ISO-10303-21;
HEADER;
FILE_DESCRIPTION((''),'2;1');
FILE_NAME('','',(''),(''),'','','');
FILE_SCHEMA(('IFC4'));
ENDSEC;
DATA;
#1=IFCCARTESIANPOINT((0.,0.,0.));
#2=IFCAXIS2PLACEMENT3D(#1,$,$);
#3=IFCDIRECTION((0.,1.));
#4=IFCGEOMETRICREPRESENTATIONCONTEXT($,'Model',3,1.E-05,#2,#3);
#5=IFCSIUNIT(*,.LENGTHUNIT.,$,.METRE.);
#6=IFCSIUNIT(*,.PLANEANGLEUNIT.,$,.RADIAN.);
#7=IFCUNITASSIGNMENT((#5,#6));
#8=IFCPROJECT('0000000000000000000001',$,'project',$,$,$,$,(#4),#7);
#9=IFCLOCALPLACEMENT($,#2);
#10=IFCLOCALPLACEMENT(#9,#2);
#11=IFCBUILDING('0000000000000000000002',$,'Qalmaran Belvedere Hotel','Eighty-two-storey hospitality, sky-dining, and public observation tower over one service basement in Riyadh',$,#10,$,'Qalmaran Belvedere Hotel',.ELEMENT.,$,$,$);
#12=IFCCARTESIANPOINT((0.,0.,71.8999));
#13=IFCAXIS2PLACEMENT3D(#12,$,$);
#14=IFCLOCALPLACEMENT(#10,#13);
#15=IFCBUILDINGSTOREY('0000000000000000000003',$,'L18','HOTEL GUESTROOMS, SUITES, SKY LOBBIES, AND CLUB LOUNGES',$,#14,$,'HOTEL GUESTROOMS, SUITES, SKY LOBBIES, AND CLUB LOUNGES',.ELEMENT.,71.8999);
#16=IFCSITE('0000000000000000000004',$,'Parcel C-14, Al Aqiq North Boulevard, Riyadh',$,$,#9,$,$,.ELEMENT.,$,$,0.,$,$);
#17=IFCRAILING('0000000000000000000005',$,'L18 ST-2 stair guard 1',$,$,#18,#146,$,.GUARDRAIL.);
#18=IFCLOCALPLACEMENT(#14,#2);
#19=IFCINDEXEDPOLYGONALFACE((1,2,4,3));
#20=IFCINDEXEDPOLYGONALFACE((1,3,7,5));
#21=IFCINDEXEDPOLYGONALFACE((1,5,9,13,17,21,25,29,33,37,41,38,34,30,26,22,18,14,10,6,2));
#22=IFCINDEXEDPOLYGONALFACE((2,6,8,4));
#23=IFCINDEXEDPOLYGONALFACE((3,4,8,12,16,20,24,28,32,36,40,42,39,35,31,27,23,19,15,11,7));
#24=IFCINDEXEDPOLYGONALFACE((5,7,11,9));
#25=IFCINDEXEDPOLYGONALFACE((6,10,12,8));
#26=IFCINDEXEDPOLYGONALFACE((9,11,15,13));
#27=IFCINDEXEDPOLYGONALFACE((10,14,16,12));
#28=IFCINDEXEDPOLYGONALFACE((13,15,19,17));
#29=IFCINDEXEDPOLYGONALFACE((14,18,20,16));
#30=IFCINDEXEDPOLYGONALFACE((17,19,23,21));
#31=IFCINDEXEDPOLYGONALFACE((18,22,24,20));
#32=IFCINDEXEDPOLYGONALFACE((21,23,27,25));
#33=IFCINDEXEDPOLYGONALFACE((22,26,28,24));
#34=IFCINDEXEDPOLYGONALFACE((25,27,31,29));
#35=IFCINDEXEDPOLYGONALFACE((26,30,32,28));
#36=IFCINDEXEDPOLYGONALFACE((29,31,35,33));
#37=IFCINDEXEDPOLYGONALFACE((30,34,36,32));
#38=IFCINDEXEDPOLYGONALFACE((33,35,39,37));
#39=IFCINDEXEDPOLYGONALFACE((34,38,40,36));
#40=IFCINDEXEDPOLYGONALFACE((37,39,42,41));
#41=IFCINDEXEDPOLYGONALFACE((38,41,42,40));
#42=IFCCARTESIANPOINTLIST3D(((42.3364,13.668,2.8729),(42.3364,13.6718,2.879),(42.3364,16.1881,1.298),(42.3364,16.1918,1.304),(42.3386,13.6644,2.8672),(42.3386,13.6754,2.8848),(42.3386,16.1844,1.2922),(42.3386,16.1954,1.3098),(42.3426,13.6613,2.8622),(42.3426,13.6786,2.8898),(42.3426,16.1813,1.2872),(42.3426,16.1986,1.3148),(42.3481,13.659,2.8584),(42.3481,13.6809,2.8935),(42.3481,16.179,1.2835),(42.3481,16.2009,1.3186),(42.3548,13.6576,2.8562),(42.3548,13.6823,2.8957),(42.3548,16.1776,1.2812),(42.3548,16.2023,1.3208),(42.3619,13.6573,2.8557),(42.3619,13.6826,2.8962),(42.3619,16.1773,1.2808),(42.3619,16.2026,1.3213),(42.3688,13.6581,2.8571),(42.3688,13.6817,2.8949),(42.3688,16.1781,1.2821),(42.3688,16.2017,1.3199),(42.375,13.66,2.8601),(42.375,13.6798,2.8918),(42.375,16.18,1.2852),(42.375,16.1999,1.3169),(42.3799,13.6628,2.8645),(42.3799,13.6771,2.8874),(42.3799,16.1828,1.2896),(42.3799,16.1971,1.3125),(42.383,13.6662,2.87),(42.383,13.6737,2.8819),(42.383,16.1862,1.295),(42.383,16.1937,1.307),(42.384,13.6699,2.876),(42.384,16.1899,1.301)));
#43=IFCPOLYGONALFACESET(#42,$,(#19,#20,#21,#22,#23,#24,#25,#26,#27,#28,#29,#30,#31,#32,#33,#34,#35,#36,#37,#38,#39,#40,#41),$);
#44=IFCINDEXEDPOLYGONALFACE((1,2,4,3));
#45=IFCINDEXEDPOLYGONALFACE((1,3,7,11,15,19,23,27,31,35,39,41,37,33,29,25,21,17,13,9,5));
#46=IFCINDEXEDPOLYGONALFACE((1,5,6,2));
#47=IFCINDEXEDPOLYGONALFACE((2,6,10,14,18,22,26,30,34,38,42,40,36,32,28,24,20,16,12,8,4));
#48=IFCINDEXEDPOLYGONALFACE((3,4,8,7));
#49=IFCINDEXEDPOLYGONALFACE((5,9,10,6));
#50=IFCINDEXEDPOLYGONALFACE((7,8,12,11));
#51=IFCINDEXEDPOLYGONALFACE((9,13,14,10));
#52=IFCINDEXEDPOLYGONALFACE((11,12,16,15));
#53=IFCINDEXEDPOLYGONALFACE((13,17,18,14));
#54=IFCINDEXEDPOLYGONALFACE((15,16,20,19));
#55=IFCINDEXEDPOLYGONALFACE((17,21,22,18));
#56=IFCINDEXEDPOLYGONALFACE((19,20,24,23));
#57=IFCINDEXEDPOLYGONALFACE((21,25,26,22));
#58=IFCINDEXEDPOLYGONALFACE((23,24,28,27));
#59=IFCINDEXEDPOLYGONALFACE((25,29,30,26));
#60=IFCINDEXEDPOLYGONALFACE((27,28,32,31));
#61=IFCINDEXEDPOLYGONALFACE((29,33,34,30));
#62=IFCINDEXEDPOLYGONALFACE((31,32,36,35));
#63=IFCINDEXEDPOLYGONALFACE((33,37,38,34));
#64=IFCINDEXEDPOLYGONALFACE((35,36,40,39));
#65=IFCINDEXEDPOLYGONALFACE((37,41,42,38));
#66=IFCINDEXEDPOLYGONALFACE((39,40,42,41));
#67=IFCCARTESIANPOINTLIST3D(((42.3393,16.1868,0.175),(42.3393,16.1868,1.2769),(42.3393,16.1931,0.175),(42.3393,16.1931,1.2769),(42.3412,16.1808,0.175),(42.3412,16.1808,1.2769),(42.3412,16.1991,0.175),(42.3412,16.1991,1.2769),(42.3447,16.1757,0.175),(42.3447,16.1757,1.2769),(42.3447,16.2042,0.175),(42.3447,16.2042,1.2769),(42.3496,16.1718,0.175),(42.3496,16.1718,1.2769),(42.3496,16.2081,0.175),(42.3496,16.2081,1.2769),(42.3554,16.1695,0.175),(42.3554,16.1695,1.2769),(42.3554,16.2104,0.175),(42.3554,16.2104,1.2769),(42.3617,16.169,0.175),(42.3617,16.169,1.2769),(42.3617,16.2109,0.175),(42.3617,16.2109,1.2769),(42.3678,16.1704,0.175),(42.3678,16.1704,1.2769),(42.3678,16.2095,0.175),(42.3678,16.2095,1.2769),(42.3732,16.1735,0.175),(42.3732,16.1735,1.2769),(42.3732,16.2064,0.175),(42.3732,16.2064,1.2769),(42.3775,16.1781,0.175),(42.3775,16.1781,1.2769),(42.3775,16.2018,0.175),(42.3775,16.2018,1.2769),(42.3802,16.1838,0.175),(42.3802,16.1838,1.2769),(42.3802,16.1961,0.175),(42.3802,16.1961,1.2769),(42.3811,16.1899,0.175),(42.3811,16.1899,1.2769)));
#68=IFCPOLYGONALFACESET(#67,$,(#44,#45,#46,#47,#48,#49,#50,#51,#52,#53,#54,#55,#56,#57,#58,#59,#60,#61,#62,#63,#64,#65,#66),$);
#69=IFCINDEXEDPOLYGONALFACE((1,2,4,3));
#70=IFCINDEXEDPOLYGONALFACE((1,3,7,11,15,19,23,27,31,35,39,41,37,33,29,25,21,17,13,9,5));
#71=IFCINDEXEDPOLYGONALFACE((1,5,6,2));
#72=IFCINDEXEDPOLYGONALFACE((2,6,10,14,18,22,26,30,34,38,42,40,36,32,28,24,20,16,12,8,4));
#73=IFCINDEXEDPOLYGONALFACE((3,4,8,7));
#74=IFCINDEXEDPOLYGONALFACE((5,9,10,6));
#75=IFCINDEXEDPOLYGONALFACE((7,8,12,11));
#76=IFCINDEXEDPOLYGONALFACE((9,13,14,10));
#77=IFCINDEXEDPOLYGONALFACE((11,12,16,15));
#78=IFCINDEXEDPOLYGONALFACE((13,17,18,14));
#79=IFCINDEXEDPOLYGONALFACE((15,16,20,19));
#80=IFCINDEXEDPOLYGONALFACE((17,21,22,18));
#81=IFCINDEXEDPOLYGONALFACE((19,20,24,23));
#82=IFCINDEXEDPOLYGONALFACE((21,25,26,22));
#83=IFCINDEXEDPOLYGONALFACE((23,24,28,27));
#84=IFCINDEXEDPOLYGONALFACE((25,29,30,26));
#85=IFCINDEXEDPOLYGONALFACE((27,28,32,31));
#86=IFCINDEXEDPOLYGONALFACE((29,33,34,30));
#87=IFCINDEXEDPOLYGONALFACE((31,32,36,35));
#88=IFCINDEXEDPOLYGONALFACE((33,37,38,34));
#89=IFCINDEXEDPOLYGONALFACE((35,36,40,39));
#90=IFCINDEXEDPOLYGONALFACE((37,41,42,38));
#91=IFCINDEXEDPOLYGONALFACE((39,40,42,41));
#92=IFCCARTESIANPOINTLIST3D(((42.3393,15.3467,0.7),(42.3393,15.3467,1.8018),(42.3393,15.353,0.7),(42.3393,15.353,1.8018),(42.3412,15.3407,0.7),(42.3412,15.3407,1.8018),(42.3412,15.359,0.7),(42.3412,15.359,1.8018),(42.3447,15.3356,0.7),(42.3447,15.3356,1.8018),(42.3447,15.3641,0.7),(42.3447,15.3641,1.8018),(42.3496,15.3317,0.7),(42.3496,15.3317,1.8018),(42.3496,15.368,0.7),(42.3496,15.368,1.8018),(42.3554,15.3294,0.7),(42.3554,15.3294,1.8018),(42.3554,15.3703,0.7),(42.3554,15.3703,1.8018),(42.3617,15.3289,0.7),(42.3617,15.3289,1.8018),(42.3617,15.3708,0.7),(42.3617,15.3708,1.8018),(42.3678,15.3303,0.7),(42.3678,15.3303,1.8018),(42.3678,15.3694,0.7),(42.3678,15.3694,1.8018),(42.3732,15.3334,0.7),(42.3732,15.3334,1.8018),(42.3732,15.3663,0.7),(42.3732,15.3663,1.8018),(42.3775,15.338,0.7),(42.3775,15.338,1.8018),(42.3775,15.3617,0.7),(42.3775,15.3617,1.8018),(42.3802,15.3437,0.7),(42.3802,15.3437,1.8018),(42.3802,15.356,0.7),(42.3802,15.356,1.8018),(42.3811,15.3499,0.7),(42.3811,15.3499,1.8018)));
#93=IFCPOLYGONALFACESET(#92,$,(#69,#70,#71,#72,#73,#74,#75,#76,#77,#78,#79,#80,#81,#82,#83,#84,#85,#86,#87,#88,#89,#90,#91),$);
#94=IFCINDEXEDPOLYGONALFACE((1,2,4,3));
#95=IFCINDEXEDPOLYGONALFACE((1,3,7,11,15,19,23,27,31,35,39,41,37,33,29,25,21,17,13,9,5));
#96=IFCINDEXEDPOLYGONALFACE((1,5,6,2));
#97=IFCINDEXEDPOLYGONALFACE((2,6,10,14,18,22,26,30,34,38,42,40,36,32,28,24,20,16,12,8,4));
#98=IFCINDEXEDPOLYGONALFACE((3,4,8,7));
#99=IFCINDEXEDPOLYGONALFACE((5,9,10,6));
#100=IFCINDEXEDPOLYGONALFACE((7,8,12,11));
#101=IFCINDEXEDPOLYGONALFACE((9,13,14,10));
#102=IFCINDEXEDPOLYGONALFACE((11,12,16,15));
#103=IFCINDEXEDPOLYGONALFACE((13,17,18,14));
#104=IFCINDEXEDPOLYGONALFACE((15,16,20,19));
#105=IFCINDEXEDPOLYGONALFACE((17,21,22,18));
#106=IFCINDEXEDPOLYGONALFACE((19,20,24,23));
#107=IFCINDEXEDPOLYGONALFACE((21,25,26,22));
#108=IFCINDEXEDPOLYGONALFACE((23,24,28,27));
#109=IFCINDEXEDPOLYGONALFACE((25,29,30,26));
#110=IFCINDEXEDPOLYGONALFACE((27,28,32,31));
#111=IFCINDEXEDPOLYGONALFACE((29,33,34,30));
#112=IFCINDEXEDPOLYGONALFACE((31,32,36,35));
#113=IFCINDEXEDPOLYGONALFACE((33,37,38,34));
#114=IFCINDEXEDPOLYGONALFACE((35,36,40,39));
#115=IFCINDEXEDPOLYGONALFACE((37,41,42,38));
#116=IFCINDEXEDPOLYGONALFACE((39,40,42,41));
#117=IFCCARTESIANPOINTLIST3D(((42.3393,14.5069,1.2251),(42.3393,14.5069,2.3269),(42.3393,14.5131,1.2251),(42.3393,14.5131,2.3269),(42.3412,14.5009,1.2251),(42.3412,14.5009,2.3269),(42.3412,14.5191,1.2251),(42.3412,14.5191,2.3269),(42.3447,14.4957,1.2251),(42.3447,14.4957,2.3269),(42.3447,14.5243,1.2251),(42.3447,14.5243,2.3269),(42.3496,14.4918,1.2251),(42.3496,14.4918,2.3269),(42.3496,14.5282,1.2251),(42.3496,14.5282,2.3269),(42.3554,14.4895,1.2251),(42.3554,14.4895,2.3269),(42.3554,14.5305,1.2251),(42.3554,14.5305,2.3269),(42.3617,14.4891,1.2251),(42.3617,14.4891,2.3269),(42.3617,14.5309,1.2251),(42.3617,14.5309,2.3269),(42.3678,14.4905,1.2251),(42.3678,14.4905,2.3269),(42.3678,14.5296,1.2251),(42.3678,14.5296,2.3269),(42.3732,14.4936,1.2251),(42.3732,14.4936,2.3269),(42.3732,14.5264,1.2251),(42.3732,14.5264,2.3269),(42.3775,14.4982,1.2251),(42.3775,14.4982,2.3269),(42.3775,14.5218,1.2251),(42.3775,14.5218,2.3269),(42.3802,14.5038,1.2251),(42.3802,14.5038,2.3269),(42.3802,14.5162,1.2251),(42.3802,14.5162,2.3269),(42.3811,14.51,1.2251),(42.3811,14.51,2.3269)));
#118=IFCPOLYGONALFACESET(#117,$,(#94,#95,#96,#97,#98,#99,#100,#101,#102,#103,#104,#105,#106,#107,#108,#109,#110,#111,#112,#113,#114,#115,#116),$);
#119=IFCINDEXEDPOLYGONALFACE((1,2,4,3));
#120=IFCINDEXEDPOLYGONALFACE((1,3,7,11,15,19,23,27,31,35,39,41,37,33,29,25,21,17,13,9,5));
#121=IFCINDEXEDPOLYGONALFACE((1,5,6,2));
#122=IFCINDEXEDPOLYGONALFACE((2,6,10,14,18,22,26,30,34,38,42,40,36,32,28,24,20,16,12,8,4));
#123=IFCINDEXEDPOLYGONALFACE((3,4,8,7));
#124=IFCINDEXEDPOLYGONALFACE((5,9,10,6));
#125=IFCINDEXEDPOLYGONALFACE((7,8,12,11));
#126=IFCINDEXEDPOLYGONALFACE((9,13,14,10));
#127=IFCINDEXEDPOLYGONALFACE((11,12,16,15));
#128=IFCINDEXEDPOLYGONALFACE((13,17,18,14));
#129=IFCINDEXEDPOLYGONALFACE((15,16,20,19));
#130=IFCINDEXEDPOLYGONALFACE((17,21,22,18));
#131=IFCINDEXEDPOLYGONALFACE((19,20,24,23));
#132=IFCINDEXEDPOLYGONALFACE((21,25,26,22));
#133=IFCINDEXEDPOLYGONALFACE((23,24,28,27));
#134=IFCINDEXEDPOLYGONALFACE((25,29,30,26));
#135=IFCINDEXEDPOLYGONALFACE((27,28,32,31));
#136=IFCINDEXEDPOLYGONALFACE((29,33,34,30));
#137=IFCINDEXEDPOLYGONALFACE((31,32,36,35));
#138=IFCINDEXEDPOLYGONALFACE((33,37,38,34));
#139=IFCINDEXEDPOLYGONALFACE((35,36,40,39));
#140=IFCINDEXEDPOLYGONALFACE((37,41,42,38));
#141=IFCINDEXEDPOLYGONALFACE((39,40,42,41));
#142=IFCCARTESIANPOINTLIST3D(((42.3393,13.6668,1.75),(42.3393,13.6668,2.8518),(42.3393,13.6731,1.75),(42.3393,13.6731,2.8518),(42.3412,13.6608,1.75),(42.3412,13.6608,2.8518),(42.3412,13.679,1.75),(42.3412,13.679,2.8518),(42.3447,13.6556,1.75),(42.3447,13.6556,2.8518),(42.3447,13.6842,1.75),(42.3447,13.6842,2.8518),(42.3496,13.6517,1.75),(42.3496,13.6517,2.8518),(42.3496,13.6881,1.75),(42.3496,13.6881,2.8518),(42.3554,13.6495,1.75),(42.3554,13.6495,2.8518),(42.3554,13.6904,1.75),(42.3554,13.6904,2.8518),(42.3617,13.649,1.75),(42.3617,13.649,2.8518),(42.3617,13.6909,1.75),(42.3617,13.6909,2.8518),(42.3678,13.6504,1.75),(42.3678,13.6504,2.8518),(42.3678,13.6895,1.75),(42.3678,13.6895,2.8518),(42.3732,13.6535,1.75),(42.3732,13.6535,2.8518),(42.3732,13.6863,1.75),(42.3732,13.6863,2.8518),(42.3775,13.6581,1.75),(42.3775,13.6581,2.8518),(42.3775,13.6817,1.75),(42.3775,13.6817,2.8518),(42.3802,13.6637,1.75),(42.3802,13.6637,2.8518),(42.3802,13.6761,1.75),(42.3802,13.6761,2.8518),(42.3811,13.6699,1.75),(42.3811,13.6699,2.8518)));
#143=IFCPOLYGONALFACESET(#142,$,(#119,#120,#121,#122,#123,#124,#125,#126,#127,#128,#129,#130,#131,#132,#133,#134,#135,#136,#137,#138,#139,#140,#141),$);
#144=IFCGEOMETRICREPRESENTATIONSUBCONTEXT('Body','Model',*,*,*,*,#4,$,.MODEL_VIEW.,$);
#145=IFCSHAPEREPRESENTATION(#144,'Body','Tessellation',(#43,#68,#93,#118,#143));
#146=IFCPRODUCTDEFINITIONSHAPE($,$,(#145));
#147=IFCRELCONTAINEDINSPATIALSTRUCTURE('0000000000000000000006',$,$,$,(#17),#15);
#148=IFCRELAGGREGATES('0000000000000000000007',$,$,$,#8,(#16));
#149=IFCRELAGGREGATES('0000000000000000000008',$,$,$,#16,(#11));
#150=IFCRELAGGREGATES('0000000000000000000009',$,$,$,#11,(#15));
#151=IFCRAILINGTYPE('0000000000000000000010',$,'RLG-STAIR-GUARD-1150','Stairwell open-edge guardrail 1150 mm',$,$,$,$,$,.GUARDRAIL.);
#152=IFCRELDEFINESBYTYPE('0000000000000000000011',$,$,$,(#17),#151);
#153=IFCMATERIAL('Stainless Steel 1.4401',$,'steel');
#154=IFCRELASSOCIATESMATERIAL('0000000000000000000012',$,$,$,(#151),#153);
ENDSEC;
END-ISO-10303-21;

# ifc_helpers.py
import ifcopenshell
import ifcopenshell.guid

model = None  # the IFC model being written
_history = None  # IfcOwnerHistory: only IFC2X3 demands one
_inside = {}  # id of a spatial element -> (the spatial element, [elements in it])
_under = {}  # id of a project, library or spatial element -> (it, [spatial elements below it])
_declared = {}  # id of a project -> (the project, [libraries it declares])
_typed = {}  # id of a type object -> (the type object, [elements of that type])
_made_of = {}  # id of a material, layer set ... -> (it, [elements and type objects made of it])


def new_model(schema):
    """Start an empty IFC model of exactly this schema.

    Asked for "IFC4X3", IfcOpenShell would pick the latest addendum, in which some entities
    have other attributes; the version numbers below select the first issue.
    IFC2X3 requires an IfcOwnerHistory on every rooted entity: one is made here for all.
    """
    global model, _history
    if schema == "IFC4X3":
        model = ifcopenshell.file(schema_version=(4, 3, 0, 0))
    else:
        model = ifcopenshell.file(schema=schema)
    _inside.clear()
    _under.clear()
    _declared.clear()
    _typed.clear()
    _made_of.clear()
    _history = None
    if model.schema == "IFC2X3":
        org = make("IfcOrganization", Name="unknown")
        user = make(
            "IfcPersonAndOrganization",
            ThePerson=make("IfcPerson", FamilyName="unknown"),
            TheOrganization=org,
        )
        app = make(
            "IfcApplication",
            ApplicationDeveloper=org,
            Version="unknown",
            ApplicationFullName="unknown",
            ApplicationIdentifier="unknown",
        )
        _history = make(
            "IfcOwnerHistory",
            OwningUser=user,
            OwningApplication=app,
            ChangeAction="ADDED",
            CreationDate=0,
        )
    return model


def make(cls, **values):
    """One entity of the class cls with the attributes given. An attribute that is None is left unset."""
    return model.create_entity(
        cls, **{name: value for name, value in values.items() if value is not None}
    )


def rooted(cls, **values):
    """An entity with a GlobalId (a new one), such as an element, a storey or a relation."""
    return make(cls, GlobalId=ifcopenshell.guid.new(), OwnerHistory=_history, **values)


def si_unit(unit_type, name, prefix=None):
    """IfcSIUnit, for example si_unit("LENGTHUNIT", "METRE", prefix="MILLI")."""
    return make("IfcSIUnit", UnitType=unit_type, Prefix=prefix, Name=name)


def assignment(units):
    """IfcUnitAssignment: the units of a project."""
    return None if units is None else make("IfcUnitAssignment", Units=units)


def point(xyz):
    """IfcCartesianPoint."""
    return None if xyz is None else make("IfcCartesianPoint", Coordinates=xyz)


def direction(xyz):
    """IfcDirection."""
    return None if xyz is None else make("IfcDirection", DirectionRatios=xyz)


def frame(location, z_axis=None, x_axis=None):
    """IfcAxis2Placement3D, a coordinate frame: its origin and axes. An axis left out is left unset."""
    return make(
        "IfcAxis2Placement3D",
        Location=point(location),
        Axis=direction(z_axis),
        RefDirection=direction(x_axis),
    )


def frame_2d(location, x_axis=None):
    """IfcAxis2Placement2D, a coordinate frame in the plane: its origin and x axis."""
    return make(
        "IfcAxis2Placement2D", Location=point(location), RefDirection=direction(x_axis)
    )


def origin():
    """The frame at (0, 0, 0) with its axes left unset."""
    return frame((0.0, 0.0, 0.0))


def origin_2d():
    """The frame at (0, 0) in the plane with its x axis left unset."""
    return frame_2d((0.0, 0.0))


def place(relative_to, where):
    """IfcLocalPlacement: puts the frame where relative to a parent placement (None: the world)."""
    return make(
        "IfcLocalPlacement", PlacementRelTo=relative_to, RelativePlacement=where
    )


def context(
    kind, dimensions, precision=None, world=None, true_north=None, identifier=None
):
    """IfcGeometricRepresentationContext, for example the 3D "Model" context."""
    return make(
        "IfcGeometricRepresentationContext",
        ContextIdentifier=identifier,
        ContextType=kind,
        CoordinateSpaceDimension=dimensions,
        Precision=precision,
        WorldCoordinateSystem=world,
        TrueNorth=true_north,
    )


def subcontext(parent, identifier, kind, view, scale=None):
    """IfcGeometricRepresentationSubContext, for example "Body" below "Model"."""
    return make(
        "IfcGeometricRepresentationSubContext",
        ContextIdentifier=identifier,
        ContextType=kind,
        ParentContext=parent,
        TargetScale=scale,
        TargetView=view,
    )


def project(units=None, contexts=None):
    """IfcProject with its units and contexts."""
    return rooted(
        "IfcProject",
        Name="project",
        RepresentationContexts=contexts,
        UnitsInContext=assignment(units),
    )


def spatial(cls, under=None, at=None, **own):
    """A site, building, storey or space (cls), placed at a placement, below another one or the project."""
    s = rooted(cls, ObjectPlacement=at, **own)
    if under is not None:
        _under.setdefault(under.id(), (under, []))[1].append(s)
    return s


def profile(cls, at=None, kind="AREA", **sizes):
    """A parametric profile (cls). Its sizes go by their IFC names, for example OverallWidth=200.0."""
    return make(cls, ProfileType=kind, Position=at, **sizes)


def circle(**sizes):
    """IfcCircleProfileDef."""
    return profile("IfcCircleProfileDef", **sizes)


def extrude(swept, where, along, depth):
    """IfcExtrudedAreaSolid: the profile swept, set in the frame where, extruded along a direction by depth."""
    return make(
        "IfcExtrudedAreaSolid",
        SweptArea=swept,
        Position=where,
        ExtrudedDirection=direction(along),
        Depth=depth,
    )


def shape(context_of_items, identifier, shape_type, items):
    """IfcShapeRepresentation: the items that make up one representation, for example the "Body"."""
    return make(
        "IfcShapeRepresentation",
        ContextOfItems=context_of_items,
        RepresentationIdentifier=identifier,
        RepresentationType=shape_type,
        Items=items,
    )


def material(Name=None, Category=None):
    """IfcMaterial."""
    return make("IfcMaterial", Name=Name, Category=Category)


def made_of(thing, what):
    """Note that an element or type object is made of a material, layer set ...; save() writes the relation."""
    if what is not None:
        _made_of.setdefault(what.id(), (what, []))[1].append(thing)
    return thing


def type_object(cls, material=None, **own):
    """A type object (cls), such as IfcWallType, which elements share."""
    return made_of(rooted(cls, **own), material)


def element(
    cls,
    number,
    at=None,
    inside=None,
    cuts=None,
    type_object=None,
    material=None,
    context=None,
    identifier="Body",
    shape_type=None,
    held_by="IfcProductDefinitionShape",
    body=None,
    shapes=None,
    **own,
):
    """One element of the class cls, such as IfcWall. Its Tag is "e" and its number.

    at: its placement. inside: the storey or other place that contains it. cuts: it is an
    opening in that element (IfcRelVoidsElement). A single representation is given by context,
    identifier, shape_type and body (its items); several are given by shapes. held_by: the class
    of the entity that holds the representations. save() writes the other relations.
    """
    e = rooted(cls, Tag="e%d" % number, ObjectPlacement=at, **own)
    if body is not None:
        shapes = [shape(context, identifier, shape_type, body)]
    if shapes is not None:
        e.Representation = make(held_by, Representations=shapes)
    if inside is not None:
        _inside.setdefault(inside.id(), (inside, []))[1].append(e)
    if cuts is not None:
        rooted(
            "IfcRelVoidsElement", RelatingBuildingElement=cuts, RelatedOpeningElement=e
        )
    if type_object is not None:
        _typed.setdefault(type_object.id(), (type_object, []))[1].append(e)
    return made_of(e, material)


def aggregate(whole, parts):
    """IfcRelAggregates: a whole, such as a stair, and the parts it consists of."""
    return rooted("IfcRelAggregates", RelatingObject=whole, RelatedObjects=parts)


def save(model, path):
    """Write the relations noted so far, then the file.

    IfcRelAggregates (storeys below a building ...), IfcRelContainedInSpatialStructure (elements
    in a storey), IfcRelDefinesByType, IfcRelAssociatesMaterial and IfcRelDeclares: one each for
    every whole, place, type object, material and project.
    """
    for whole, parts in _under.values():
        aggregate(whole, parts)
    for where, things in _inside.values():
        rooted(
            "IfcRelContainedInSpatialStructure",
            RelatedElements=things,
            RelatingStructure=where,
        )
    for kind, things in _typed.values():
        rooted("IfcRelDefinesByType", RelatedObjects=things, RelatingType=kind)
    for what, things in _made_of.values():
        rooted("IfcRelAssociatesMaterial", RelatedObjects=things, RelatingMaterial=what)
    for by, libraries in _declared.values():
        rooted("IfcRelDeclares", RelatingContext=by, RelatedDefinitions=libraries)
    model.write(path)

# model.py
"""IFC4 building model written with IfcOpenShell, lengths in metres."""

from ifc_helpers import new_model, si_unit, direction, frame, origin, origin_2d, place, context, subcontext, project, spatial, circle, extrude, material, type_object, element, save


model = new_model("IFC4")

# Units and contexts
model_context = context("Model", 3, precision=1e-05, world=origin(), true_north=direction((0.0, 1.0)))
body_context = subcontext(model_context, "Body", "Model", "MODEL_VIEW")
ifc_project = project(units=[si_unit("LENGTHUNIT", "METRE"), si_unit("PLANEANGLEUNIT", "RADIAN")], contexts=[model_context])

# Site, building, storey
site_placement = place(None, origin())
site = spatial("IfcSite", under=ifc_project, at=site_placement, Name="Parcel C-14, Al Aqiq North Boulevard, Riyadh", CompositionType="ELEMENT", RefElevation=0.0)
building_placement = place(site_placement, origin())
building = spatial("IfcBuilding", under=site, at=building_placement, Name="Qalmaran Belvedere Hotel", Description="Eighty-two-storey hospitality, sky-dining, and public observation tower over one service basement in Riyadh", LongName="Qalmaran Belvedere Hotel", CompositionType="ELEMENT")
storey_placement = place(building_placement, frame((0.0, 0.0, 71.8999)))
storey = spatial("IfcBuildingStorey", under=building, at=storey_placement, Name="L18", Description="HOTEL GUESTROOMS, SUITES, SKY LOBBIES, AND CLUB LOUNGES", LongName="HOTEL GUESTROOMS, SUITES, SKY LOBBIES, AND CLUB LOUNGES", CompositionType="ELEMENT", Elevation=71.8999)

# Shared definitions
ifc_material_1 = material(Name="Stainless Steel 1.4401", Category="steel")

# Railing
railing_type_1 = type_object("IfcRailingType", Name="RLG-STAIR-GUARD-1150", Description="Stairwell open-edge guardrail 1150 mm", PredefinedType="GUARDRAIL", material=ifc_material_1)
railing_1_placement = place(storey_placement, frame((42.3601, 16.1899, 0.175)))
element("IfcRailing", 1, at=railing_1_placement, inside=storey, type_object=railing_type_1, Name="L18 ST-2 stair guard 1", PredefinedType="GUARDRAIL", context=body_context, shape_type="SweptSolid", body=[
    extrude(circle(Radius=0.0239, at=origin_2d()), frame((0.0, 0.0, 1.126), z_axis=(0.0, -0.848008, 0.529984), x_axis=(1.0, 0.0, 0.0)), (0.0, 0.0, 1.0), 2.9717),
    extrude(circle(Radius=0.021, at=origin_2d()), origin(), (0.0, 0.0, 1.0), 1.1018),
    extrude(circle(Radius=0.021, at=origin_2d()), frame((0.0, -0.8401, 0.5249)), (0.0, 0.0, 1.0), 1.1018),
    extrude(circle(Radius=0.021, at=origin_2d()), frame((0.0, -1.6799, 1.05)), (0.0, 0.0, 1.0), 1.1018),
    extrude(circle(Radius=0.021, at=origin_2d()), frame((0.0, -2.52, 1.575)), (0.0, 0.0, 1.0), 1.1018),
])

save(model, "model.ifc")
